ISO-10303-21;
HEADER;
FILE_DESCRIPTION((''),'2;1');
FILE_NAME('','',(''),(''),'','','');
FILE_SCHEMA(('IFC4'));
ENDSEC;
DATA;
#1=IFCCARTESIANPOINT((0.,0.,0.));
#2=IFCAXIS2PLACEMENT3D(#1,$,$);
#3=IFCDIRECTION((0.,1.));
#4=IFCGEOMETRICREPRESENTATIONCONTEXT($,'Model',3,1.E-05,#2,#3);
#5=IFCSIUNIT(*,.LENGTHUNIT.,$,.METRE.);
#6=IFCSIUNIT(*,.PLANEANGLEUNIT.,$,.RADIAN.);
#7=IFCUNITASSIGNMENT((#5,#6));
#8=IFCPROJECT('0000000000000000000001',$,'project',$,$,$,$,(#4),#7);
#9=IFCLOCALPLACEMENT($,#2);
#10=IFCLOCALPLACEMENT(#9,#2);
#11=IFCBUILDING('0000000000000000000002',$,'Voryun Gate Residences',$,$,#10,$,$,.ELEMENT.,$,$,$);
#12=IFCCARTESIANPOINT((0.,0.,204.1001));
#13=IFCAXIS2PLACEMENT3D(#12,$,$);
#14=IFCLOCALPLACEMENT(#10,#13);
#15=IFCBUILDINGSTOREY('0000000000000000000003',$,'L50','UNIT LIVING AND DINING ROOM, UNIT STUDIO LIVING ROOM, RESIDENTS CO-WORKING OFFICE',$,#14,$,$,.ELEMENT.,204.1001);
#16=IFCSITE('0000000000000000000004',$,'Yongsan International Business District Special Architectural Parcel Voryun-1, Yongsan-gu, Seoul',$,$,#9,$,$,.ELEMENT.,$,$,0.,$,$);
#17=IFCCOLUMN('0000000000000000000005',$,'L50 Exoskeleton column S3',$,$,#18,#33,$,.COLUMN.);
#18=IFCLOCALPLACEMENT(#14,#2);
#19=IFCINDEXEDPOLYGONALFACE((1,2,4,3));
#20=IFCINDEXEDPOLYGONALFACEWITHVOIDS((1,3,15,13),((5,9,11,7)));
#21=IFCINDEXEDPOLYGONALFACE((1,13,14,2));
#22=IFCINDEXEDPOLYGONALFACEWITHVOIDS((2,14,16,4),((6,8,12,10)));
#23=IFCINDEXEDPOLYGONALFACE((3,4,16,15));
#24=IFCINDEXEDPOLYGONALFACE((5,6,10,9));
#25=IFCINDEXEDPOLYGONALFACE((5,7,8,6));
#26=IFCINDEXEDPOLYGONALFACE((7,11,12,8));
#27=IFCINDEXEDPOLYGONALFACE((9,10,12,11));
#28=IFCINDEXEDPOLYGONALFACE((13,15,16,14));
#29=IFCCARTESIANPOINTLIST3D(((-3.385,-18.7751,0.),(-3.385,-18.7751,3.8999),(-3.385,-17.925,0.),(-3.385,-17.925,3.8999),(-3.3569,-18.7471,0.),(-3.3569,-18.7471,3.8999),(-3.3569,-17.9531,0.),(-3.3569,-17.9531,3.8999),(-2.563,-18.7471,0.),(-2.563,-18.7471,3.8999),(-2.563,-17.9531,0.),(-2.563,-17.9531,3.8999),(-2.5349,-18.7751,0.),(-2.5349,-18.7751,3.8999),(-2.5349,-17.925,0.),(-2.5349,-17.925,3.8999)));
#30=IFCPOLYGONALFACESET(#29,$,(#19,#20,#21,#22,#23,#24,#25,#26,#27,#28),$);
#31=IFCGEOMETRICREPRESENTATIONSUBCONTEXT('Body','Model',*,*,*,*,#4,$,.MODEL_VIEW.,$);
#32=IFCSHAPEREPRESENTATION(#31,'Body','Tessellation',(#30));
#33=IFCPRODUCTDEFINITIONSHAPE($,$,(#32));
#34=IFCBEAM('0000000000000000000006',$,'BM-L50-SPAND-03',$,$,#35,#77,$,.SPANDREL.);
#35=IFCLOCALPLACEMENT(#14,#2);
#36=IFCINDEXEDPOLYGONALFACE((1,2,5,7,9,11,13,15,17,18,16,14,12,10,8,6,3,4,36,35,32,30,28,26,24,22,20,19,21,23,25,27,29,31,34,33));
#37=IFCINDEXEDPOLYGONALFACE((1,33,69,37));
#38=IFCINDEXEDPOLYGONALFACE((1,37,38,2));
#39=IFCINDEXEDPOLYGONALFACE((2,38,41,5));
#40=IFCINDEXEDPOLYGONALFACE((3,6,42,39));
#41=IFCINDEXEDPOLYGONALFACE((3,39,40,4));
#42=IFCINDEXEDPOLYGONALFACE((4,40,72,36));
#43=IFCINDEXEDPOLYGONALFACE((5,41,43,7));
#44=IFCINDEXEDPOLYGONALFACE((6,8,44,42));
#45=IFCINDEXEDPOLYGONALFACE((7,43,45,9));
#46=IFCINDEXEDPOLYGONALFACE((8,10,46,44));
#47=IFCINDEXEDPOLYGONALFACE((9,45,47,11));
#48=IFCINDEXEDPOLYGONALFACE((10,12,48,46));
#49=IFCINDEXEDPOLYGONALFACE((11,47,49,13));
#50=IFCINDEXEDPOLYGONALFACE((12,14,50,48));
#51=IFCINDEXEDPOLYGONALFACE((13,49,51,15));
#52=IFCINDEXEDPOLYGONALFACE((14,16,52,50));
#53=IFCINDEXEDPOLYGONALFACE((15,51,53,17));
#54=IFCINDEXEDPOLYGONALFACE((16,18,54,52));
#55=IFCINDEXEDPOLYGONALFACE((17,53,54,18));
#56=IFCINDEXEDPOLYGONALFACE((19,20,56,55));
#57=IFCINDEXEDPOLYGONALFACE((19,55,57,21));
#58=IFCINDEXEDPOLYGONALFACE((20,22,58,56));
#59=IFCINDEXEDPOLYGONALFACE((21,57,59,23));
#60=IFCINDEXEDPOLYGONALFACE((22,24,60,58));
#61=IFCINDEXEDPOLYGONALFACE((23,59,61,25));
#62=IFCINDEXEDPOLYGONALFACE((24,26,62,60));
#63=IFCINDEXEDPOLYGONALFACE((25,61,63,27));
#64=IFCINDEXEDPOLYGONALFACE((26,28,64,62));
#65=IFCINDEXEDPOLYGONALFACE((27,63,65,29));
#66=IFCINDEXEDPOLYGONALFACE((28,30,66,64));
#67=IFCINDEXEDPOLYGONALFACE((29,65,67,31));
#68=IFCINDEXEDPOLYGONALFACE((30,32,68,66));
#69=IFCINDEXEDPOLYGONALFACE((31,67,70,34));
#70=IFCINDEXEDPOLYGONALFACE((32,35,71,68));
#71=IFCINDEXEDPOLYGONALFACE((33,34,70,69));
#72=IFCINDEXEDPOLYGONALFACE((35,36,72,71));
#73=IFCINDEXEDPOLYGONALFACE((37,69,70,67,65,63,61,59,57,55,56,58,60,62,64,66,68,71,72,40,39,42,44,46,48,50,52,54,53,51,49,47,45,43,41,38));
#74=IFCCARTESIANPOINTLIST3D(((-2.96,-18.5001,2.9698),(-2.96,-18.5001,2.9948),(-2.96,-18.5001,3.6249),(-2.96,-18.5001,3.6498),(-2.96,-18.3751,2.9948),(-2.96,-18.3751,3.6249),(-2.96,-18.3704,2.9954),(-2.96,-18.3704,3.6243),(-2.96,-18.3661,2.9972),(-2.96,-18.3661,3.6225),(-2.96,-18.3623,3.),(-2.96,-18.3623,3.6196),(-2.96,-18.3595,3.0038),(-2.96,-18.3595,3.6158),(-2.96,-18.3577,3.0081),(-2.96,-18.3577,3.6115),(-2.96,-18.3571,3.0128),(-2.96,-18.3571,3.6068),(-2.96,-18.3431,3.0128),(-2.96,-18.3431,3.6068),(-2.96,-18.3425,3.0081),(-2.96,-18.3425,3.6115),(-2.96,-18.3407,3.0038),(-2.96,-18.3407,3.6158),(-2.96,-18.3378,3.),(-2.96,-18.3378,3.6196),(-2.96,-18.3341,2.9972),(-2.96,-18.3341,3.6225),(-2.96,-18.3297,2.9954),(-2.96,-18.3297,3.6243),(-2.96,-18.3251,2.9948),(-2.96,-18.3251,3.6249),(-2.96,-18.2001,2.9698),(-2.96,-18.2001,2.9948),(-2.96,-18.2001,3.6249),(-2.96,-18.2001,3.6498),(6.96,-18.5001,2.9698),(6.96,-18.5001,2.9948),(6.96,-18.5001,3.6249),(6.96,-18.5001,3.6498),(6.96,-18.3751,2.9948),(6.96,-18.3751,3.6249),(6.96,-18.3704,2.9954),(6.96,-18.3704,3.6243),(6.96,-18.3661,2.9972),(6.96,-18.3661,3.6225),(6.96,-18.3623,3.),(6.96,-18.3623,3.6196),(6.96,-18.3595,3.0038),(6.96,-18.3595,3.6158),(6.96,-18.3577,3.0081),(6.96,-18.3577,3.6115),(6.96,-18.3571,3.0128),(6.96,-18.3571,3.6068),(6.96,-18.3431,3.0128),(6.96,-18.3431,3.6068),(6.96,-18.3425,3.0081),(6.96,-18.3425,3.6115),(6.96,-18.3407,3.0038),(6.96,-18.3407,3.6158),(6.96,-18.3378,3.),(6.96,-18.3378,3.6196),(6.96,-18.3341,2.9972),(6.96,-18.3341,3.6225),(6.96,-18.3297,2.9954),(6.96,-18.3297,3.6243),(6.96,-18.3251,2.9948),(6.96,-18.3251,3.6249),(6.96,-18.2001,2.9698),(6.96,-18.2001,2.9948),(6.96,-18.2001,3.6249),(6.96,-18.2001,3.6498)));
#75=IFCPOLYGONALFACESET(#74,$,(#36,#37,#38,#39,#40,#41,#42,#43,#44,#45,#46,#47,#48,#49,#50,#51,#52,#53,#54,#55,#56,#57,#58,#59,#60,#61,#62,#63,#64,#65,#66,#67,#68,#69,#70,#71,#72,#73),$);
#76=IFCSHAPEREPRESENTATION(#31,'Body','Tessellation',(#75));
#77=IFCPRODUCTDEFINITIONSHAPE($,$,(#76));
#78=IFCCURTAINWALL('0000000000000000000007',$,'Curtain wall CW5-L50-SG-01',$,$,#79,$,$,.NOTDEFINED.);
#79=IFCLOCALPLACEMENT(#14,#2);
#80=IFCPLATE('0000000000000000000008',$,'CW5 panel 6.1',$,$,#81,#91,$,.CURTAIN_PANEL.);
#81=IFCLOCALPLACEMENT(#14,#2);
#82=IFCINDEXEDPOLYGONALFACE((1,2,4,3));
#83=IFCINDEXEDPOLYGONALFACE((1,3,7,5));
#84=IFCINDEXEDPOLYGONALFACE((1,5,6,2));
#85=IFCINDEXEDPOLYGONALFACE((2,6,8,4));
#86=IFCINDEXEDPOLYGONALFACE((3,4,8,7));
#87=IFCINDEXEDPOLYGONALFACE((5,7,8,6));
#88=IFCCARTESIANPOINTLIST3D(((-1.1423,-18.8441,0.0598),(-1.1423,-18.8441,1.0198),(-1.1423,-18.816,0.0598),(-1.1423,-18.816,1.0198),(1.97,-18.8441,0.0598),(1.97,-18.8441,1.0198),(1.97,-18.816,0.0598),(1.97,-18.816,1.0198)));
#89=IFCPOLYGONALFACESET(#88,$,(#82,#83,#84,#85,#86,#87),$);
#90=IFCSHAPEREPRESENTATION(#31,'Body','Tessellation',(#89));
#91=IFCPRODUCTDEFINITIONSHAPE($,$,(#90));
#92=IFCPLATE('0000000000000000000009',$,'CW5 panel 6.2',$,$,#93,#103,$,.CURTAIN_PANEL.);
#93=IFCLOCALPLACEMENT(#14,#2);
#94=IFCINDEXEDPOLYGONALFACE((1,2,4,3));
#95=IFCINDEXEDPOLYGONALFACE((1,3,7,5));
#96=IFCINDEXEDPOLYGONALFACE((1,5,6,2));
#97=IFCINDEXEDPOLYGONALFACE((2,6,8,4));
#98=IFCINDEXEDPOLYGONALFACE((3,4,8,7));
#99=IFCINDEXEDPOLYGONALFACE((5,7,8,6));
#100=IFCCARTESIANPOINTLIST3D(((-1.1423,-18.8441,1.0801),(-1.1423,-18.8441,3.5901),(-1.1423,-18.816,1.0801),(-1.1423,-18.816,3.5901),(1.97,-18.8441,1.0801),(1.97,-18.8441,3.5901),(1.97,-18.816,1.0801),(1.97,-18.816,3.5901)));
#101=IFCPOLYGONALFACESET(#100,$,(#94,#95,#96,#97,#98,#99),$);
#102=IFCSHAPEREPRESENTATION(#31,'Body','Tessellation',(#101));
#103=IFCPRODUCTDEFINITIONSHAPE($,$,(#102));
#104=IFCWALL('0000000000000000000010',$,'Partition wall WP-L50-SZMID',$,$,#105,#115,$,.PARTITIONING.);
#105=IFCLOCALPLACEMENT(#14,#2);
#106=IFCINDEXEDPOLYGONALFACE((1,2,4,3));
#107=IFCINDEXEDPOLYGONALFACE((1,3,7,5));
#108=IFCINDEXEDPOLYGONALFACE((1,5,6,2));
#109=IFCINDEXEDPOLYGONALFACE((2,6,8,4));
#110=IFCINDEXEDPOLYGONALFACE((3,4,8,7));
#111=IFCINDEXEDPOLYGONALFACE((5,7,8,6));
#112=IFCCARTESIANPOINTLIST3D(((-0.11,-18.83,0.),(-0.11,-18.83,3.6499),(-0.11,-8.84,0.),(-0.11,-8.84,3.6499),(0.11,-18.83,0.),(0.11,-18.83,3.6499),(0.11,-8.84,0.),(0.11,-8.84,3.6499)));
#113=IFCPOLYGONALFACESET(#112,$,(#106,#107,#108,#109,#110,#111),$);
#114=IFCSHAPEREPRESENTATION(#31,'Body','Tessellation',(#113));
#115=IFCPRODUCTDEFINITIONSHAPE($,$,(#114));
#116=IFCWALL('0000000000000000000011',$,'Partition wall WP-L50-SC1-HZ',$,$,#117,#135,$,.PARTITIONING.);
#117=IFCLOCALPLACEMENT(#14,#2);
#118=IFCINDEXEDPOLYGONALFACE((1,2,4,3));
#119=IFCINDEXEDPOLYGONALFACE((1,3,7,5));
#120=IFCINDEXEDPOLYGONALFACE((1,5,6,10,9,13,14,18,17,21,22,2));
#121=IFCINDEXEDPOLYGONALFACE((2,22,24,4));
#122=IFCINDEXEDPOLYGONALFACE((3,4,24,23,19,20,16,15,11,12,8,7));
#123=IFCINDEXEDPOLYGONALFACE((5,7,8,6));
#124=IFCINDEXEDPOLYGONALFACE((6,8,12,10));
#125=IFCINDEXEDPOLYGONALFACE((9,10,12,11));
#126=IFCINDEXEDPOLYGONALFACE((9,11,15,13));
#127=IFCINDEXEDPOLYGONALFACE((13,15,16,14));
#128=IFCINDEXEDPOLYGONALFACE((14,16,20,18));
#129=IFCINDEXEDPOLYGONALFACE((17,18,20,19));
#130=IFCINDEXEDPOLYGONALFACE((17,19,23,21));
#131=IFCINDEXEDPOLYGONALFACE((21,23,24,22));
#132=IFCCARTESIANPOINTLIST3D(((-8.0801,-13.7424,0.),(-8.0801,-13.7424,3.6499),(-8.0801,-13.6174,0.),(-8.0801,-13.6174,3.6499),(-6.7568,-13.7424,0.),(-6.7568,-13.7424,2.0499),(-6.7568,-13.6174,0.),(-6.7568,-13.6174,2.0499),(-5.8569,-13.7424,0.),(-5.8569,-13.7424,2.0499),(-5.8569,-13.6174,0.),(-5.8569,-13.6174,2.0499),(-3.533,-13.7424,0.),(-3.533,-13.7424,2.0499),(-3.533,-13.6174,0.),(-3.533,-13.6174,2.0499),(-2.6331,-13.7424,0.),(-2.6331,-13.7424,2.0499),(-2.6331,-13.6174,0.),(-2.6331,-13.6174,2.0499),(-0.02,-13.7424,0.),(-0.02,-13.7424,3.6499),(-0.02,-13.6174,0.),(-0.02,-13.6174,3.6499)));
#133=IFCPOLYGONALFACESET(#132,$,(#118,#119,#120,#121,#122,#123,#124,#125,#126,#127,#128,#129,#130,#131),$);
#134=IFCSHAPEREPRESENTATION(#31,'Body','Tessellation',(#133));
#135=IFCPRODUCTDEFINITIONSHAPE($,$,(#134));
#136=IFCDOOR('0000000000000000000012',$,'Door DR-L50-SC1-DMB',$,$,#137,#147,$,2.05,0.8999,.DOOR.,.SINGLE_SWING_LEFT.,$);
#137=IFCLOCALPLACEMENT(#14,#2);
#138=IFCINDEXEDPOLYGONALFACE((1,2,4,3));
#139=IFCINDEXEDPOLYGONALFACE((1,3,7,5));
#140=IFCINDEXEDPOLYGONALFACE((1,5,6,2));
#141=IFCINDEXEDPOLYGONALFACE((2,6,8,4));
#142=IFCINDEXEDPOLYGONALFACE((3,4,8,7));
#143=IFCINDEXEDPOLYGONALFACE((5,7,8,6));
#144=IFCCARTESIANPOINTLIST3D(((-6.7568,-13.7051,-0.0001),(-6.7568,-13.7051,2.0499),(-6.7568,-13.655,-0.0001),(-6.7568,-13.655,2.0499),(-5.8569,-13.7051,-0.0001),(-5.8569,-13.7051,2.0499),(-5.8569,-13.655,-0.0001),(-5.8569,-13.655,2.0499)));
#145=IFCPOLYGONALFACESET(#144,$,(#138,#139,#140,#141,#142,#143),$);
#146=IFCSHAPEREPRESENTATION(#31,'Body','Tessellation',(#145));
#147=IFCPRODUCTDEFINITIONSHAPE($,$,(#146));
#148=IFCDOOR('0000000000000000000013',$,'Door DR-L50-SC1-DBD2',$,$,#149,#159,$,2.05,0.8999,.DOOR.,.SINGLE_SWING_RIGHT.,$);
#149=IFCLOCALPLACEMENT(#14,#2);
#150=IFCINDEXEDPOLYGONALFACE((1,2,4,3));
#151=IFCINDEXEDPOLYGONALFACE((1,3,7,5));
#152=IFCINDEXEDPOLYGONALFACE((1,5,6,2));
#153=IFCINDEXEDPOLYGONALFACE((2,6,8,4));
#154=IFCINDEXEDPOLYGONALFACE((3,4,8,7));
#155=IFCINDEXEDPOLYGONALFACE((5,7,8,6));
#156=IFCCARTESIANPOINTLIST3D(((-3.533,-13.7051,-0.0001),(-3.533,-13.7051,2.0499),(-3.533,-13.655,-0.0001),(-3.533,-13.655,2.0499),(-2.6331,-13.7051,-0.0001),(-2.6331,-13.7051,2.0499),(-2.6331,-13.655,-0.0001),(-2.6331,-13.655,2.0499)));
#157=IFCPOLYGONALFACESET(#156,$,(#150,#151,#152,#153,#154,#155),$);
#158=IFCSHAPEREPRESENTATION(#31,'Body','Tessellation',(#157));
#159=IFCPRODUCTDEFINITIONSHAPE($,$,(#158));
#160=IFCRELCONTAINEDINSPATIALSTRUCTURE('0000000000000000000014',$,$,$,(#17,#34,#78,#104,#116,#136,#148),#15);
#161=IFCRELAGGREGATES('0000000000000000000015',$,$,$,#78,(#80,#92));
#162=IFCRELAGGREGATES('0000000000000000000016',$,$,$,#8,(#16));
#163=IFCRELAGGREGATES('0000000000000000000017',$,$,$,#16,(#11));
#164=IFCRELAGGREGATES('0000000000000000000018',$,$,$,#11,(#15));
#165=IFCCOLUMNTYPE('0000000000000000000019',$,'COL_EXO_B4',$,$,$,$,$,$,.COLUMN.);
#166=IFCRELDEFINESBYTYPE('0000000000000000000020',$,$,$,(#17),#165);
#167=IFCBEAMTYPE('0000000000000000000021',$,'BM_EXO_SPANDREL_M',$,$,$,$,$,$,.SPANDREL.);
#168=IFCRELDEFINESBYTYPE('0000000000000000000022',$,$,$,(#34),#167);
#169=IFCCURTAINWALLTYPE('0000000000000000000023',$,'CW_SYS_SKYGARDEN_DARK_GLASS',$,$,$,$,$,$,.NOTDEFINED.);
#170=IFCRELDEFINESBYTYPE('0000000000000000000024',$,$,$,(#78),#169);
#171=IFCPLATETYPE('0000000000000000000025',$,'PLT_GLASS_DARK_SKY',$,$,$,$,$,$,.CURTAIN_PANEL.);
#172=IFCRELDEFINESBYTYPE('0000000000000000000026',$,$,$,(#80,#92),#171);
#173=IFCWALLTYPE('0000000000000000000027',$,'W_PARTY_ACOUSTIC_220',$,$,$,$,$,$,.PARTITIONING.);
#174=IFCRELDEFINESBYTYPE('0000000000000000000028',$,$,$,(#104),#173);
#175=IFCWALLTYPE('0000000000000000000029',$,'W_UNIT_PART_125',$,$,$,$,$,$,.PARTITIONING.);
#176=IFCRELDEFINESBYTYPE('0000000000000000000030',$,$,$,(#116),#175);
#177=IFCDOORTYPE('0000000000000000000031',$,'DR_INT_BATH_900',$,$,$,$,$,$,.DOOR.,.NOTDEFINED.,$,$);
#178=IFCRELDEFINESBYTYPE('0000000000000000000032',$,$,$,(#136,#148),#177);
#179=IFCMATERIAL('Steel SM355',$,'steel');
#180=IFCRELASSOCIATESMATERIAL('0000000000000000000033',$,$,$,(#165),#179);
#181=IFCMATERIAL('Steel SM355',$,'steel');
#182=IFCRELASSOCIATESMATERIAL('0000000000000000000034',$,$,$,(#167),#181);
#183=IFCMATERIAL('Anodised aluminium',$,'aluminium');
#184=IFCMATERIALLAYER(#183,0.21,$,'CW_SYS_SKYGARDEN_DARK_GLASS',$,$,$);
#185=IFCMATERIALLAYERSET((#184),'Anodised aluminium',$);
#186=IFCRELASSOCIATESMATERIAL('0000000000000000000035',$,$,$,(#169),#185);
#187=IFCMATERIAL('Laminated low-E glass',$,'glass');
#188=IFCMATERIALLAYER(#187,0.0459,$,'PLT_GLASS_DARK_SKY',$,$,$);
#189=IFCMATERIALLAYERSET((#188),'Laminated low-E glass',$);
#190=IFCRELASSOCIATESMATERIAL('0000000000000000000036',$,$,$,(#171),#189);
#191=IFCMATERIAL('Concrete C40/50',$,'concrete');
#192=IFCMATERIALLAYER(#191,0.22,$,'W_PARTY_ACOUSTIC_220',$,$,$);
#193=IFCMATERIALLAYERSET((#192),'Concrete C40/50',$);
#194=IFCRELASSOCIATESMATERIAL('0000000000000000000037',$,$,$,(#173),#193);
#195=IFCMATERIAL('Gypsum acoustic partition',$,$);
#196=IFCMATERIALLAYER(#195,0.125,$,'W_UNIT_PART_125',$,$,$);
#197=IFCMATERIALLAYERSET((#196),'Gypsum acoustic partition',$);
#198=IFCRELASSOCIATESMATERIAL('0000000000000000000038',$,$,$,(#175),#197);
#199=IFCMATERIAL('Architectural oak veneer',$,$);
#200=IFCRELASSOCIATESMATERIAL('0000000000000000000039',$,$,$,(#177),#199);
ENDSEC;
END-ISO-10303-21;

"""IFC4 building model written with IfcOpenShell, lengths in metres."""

from ifc_helpers import new_model, si_unit, direction, frame, frame_2d, origin, origin_2d, place, context, subcontext, project, spatial, rectangle, hollow_rectangle, i_section, extrude, material, layer, layer_set, material_profile, profile_set, type_object, element, fill, aggregate, save


model = new_model("IFC4")

# Units and contexts
model_context = context("Model", 3, precision=1e-05, world=origin(), true_north=direction((0.0, 1.0)))
body_context = subcontext(model_context, "Body", "Model", "MODEL_VIEW")
ifc_project = project(units=[si_unit("LENGTHUNIT", "METRE"), si_unit("PLANEANGLEUNIT", "RADIAN")], contexts=[model_context])

# Site, building, storey
site_placement = place(None, origin())
site = spatial("IfcSite", under=ifc_project, at=site_placement, Name="Yongsan International Business District Special Architectural Parcel Voryun-1, Yongsan-gu, Seoul", CompositionType="ELEMENT", RefElevation=0.0)
building_placement = place(site_placement, origin())
building = spatial("IfcBuilding", under=site, at=building_placement, Name="Voryun Gate Residences", CompositionType="ELEMENT")
storey_placement = place(building_placement, frame((0.0, 0.0, 204.1001)))
storey = spatial("IfcBuildingStorey", under=building, at=storey_placement, Name="L50", Description="UNIT LIVING AND DINING ROOM, UNIT STUDIO LIVING ROOM, RESIDENTS CO-WORKING OFFICE", CompositionType="ELEMENT", Elevation=204.1001)

# Column
ifc_material_1 = material(Name="Steel SM355", Category="steel")
ifc_material_profile_1 = material_profile(ifc_material_1, hollow_rectangle(XDim=0.8501, YDim=0.8501, WallThickness=0.0281, at=origin_2d()), Name="BOX-850x850x28")
ifc_profile_set_1 = profile_set([ifc_material_profile_1], Name="Steel SM355")
column_type = type_object("IfcColumnType", Name="COL_EXO_B4", PredefinedType="COLUMN", material=ifc_profile_set_1)
column_placement = place(storey_placement, frame((-2.96, -18.3501, 0.0), z_axis=(0.0, 0.0, 1.0), x_axis=(1.0, 0.0, 0.0)))
element("IfcColumn", 1, at=column_placement, inside=storey, type_object=column_type, Name="L50 Exoskeleton column S3", PredefinedType="COLUMN", context=body_context, shape_type="SweptSolid", body=[
    extrude(hollow_rectangle(XDim=0.8501, YDim=0.8501, WallThickness=0.0281, at=origin_2d()), origin(), (0.0, 0.0, 1.0), 3.8999),
])

# Beam
ifc_material_2 = material(Name="Steel SM355", Category="steel")
ifc_material_profile_2 = material_profile(ifc_material_2, i_section(OverallWidth=0.3, OverallDepth=0.6799, WebThickness=0.0139, FlangeThickness=0.0249, FilletRadius=0.0181, at=origin_2d()), Name="H-680x300x14x25")
ifc_profile_set_2 = profile_set([ifc_material_profile_2], Name="Steel SM355")
beam_type = type_object("IfcBeamType", Name="BM_EXO_SPANDREL_M", PredefinedType="SPANDREL", material=ifc_profile_set_2)
beam_placement = place(storey_placement, frame((-2.96, -18.3501, 3.3098), z_axis=(1.0, 0.0, 0.0), x_axis=(0.0, 1.0, 0.0)))
element("IfcBeam", 2, at=beam_placement, inside=storey, type_object=beam_type, Name="BM-L50-SPAND-03", PredefinedType="SPANDREL", context=body_context, shape_type="SweptSolid", body=[
    extrude(i_section(OverallWidth=0.3, OverallDepth=0.6799, WebThickness=0.0139, FlangeThickness=0.0249, FilletRadius=0.0181, at=origin_2d()), origin(), (0.0, 0.0, 1.0), 9.9199),
])

# Curtain wall, plates
ifc_material_3 = material(Name="Anodised aluminium", Category="aluminium")
ifc_layer_1 = layer(ifc_material_3, 0.21, Name="CW_SYS_SKYGARDEN_DARK_GLASS")
ifc_layer_set_1 = layer_set([ifc_layer_1], Name="Anodised aluminium")
curtain_wall_type = type_object("IfcCurtainWallType", Name="CW_SYS_SKYGARDEN_DARK_GLASS", PredefinedType="NOTDEFINED", material=ifc_layer_set_1)
curtain_wall_placement = place(storey_placement, origin())
curtain_wall = element("IfcCurtainWall", 3, at=curtain_wall_placement, inside=storey, type_object=curtain_wall_type, Name="Curtain wall CW5-L50-SG-01", PredefinedType="NOTDEFINED")
ifc_material_4 = material(Name="Laminated low-E glass", Category="glass")
ifc_layer_2 = layer(ifc_material_4, 0.0459, Name="PLT_GLASS_DARK_SKY")
ifc_layer_set_2 = layer_set([ifc_layer_2], Name="Laminated low-E glass")
plate_type = type_object("IfcPlateType", Name="PLT_GLASS_DARK_SKY", PredefinedType="CURTAIN_PANEL", material=ifc_layer_set_2)
plate_1_placement = place(storey_placement, frame((0.4138, -18.8301, 0.0598), z_axis=(0.0, 0.0, 1.0), x_axis=(-1.0, 0.0, 0.0)))
plate_1 = element("IfcPlate", 4, at=plate_1_placement, type_object=plate_type, Name="CW5 panel 6.1", PredefinedType="CURTAIN_PANEL", context=body_context, shape_type="SweptSolid", body=[
    extrude(rectangle(XDim=3.1123, YDim=0.0281, at=origin_2d()), origin(), (0.0, 0.0, 1.0), 0.96),
])
plate_2_placement = place(storey_placement, frame((0.4138, -18.8301, 1.0801), z_axis=(0.0, 0.0, 1.0), x_axis=(-1.0, 0.0, 0.0)))
plate_2 = element("IfcPlate", 5, at=plate_2_placement, type_object=plate_type, Name="CW5 panel 6.2", PredefinedType="CURTAIN_PANEL", context=body_context, shape_type="SweptSolid", body=[
    extrude(rectangle(XDim=3.1123, YDim=0.0281, at=origin_2d()), origin(), (0.0, 0.0, 1.0), 2.51),
])
aggregate(curtain_wall, [plate_1, plate_2])

# Wall
ifc_material_5 = material(Name="Concrete C40/50", Category="concrete")
ifc_layer_3 = layer(ifc_material_5, 0.22, Name="W_PARTY_ACOUSTIC_220")
ifc_layer_set_3 = layer_set([ifc_layer_3], Name="Concrete C40/50")
wall_type_1 = type_object("IfcWallType", Name="W_PARTY_ACOUSTIC_220", PredefinedType="PARTITIONING", material=ifc_layer_set_3)
wall_1_placement = place(storey_placement, frame((0.0, -18.8301, 0.0), z_axis=(0.0, 0.0, 1.0), x_axis=(0.0, 1.0, 0.0)))
element("IfcWall", 6, at=wall_1_placement, inside=storey, type_object=wall_type_1, Name="Partition wall WP-L50-SZMID", PredefinedType="PARTITIONING", context=body_context, shape_type="SweptSolid", body=[
    extrude(rectangle(XDim=9.99, YDim=0.22, at=frame_2d((4.9951, 0.0))), origin(), (0.0, 0.0, 1.0), 3.6499),
])

# Wall, openings, doors
ifc_material_6 = material(Name="Gypsum acoustic partition")
ifc_layer_4 = layer(ifc_material_6, 0.125, Name="W_UNIT_PART_125")
ifc_layer_set_4 = layer_set([ifc_layer_4], Name="Gypsum acoustic partition")
wall_type_2 = type_object("IfcWallType", Name="W_UNIT_PART_125", PredefinedType="PARTITIONING", material=ifc_layer_set_4)
wall_2_placement = place(storey_placement, frame((-8.0801, -13.6799, 0.0), z_axis=(0.0, 0.0, 1.0), x_axis=(1.0, 0.0, 0.0)))
wall_2 = element("IfcWall", 7, at=wall_2_placement, inside=storey, type_object=wall_type_2, Name="Partition wall WP-L50-SC1-HZ", PredefinedType="PARTITIONING", context=body_context, shape_type="SweptSolid", body=[
    extrude(rectangle(XDim=8.0601, YDim=0.125, at=frame_2d((4.03, 0.0))), origin(), (0.0, 0.0, 1.0), 3.6499),
])
opening_1_placement = place(wall_2_placement, frame((1.3232, 0.0, 0.0)))
opening_1 = element("IfcOpeningElement", 8, at=opening_1_placement, cuts=wall_2, PredefinedType="OPENING", context=body_context, shape_type="SweptSolid", body=[
    extrude(rectangle(XDim=0.8999, YDim=2.05, at=frame_2d((0.45, 1.0249))), frame((0.0, 0.0725, 0.0), z_axis=(0.0, -1.0, 0.0), x_axis=(1.0, 0.0, 0.0)), (0.0, 0.0, 1.0), 0.145),
])
opening_2_placement = place(wall_2_placement, frame((4.5471, 0.0, 0.0)))
opening_2 = element("IfcOpeningElement", 9, at=opening_2_placement, cuts=wall_2, PredefinedType="OPENING", context=body_context, shape_type="SweptSolid", body=[
    extrude(rectangle(XDim=0.8999, YDim=2.05, at=frame_2d((0.45, 1.0249))), frame((0.0, 0.0725, 0.0), z_axis=(0.0, -1.0, 0.0), x_axis=(1.0, 0.0, 0.0)), (0.0, 0.0, 1.0), 0.145),
])
ifc_material_7 = material(Name="Architectural oak veneer")
door_type = type_object("IfcDoorType", Name="DR_INT_BATH_900", OperationType="NOTDEFINED", PredefinedType="DOOR", material=ifc_material_7)
door_1_placement = place(opening_1_placement, origin())
door_1 = element("IfcDoor", 10, at=door_1_placement, inside=storey, type_object=door_type, Name="Door DR-L50-SC1-DMB", OperationType="SINGLE_SWING_LEFT", OverallHeight=2.05, OverallWidth=0.8999, PredefinedType="DOOR", context=body_context, shape_type="SweptSolid", body=[
    extrude(rectangle(XDim=0.8999, YDim=2.05, at=frame_2d((0.45, 1.0249))), frame((0.0, 0.0249, 0.0), z_axis=(0.0, -1.0, 0.0), x_axis=(1.0, 0.0, 0.0)), (0.0, 0.0, 1.0), 0.05),
])
fill(opening_1, door_1)
door_2_placement = place(opening_2_placement, origin())
door_2 = element("IfcDoor", 11, at=door_2_placement, inside=storey, type_object=door_type, Name="Door DR-L50-SC1-DBD2", OperationType="SINGLE_SWING_RIGHT", OverallHeight=2.05, OverallWidth=0.8999, PredefinedType="DOOR", context=body_context, shape_type="SweptSolid", body=[
    extrude(rectangle(XDim=0.8999, YDim=2.05, at=frame_2d((0.45, 1.0249))), frame((0.0, 0.0249, 0.0), z_axis=(0.0, -1.0, 0.0), x_axis=(1.0, 0.0, 0.0)), (0.0, 0.0, 1.0), 0.05),
])
fill(opening_2, door_2)

save(model, "model.ifc")
